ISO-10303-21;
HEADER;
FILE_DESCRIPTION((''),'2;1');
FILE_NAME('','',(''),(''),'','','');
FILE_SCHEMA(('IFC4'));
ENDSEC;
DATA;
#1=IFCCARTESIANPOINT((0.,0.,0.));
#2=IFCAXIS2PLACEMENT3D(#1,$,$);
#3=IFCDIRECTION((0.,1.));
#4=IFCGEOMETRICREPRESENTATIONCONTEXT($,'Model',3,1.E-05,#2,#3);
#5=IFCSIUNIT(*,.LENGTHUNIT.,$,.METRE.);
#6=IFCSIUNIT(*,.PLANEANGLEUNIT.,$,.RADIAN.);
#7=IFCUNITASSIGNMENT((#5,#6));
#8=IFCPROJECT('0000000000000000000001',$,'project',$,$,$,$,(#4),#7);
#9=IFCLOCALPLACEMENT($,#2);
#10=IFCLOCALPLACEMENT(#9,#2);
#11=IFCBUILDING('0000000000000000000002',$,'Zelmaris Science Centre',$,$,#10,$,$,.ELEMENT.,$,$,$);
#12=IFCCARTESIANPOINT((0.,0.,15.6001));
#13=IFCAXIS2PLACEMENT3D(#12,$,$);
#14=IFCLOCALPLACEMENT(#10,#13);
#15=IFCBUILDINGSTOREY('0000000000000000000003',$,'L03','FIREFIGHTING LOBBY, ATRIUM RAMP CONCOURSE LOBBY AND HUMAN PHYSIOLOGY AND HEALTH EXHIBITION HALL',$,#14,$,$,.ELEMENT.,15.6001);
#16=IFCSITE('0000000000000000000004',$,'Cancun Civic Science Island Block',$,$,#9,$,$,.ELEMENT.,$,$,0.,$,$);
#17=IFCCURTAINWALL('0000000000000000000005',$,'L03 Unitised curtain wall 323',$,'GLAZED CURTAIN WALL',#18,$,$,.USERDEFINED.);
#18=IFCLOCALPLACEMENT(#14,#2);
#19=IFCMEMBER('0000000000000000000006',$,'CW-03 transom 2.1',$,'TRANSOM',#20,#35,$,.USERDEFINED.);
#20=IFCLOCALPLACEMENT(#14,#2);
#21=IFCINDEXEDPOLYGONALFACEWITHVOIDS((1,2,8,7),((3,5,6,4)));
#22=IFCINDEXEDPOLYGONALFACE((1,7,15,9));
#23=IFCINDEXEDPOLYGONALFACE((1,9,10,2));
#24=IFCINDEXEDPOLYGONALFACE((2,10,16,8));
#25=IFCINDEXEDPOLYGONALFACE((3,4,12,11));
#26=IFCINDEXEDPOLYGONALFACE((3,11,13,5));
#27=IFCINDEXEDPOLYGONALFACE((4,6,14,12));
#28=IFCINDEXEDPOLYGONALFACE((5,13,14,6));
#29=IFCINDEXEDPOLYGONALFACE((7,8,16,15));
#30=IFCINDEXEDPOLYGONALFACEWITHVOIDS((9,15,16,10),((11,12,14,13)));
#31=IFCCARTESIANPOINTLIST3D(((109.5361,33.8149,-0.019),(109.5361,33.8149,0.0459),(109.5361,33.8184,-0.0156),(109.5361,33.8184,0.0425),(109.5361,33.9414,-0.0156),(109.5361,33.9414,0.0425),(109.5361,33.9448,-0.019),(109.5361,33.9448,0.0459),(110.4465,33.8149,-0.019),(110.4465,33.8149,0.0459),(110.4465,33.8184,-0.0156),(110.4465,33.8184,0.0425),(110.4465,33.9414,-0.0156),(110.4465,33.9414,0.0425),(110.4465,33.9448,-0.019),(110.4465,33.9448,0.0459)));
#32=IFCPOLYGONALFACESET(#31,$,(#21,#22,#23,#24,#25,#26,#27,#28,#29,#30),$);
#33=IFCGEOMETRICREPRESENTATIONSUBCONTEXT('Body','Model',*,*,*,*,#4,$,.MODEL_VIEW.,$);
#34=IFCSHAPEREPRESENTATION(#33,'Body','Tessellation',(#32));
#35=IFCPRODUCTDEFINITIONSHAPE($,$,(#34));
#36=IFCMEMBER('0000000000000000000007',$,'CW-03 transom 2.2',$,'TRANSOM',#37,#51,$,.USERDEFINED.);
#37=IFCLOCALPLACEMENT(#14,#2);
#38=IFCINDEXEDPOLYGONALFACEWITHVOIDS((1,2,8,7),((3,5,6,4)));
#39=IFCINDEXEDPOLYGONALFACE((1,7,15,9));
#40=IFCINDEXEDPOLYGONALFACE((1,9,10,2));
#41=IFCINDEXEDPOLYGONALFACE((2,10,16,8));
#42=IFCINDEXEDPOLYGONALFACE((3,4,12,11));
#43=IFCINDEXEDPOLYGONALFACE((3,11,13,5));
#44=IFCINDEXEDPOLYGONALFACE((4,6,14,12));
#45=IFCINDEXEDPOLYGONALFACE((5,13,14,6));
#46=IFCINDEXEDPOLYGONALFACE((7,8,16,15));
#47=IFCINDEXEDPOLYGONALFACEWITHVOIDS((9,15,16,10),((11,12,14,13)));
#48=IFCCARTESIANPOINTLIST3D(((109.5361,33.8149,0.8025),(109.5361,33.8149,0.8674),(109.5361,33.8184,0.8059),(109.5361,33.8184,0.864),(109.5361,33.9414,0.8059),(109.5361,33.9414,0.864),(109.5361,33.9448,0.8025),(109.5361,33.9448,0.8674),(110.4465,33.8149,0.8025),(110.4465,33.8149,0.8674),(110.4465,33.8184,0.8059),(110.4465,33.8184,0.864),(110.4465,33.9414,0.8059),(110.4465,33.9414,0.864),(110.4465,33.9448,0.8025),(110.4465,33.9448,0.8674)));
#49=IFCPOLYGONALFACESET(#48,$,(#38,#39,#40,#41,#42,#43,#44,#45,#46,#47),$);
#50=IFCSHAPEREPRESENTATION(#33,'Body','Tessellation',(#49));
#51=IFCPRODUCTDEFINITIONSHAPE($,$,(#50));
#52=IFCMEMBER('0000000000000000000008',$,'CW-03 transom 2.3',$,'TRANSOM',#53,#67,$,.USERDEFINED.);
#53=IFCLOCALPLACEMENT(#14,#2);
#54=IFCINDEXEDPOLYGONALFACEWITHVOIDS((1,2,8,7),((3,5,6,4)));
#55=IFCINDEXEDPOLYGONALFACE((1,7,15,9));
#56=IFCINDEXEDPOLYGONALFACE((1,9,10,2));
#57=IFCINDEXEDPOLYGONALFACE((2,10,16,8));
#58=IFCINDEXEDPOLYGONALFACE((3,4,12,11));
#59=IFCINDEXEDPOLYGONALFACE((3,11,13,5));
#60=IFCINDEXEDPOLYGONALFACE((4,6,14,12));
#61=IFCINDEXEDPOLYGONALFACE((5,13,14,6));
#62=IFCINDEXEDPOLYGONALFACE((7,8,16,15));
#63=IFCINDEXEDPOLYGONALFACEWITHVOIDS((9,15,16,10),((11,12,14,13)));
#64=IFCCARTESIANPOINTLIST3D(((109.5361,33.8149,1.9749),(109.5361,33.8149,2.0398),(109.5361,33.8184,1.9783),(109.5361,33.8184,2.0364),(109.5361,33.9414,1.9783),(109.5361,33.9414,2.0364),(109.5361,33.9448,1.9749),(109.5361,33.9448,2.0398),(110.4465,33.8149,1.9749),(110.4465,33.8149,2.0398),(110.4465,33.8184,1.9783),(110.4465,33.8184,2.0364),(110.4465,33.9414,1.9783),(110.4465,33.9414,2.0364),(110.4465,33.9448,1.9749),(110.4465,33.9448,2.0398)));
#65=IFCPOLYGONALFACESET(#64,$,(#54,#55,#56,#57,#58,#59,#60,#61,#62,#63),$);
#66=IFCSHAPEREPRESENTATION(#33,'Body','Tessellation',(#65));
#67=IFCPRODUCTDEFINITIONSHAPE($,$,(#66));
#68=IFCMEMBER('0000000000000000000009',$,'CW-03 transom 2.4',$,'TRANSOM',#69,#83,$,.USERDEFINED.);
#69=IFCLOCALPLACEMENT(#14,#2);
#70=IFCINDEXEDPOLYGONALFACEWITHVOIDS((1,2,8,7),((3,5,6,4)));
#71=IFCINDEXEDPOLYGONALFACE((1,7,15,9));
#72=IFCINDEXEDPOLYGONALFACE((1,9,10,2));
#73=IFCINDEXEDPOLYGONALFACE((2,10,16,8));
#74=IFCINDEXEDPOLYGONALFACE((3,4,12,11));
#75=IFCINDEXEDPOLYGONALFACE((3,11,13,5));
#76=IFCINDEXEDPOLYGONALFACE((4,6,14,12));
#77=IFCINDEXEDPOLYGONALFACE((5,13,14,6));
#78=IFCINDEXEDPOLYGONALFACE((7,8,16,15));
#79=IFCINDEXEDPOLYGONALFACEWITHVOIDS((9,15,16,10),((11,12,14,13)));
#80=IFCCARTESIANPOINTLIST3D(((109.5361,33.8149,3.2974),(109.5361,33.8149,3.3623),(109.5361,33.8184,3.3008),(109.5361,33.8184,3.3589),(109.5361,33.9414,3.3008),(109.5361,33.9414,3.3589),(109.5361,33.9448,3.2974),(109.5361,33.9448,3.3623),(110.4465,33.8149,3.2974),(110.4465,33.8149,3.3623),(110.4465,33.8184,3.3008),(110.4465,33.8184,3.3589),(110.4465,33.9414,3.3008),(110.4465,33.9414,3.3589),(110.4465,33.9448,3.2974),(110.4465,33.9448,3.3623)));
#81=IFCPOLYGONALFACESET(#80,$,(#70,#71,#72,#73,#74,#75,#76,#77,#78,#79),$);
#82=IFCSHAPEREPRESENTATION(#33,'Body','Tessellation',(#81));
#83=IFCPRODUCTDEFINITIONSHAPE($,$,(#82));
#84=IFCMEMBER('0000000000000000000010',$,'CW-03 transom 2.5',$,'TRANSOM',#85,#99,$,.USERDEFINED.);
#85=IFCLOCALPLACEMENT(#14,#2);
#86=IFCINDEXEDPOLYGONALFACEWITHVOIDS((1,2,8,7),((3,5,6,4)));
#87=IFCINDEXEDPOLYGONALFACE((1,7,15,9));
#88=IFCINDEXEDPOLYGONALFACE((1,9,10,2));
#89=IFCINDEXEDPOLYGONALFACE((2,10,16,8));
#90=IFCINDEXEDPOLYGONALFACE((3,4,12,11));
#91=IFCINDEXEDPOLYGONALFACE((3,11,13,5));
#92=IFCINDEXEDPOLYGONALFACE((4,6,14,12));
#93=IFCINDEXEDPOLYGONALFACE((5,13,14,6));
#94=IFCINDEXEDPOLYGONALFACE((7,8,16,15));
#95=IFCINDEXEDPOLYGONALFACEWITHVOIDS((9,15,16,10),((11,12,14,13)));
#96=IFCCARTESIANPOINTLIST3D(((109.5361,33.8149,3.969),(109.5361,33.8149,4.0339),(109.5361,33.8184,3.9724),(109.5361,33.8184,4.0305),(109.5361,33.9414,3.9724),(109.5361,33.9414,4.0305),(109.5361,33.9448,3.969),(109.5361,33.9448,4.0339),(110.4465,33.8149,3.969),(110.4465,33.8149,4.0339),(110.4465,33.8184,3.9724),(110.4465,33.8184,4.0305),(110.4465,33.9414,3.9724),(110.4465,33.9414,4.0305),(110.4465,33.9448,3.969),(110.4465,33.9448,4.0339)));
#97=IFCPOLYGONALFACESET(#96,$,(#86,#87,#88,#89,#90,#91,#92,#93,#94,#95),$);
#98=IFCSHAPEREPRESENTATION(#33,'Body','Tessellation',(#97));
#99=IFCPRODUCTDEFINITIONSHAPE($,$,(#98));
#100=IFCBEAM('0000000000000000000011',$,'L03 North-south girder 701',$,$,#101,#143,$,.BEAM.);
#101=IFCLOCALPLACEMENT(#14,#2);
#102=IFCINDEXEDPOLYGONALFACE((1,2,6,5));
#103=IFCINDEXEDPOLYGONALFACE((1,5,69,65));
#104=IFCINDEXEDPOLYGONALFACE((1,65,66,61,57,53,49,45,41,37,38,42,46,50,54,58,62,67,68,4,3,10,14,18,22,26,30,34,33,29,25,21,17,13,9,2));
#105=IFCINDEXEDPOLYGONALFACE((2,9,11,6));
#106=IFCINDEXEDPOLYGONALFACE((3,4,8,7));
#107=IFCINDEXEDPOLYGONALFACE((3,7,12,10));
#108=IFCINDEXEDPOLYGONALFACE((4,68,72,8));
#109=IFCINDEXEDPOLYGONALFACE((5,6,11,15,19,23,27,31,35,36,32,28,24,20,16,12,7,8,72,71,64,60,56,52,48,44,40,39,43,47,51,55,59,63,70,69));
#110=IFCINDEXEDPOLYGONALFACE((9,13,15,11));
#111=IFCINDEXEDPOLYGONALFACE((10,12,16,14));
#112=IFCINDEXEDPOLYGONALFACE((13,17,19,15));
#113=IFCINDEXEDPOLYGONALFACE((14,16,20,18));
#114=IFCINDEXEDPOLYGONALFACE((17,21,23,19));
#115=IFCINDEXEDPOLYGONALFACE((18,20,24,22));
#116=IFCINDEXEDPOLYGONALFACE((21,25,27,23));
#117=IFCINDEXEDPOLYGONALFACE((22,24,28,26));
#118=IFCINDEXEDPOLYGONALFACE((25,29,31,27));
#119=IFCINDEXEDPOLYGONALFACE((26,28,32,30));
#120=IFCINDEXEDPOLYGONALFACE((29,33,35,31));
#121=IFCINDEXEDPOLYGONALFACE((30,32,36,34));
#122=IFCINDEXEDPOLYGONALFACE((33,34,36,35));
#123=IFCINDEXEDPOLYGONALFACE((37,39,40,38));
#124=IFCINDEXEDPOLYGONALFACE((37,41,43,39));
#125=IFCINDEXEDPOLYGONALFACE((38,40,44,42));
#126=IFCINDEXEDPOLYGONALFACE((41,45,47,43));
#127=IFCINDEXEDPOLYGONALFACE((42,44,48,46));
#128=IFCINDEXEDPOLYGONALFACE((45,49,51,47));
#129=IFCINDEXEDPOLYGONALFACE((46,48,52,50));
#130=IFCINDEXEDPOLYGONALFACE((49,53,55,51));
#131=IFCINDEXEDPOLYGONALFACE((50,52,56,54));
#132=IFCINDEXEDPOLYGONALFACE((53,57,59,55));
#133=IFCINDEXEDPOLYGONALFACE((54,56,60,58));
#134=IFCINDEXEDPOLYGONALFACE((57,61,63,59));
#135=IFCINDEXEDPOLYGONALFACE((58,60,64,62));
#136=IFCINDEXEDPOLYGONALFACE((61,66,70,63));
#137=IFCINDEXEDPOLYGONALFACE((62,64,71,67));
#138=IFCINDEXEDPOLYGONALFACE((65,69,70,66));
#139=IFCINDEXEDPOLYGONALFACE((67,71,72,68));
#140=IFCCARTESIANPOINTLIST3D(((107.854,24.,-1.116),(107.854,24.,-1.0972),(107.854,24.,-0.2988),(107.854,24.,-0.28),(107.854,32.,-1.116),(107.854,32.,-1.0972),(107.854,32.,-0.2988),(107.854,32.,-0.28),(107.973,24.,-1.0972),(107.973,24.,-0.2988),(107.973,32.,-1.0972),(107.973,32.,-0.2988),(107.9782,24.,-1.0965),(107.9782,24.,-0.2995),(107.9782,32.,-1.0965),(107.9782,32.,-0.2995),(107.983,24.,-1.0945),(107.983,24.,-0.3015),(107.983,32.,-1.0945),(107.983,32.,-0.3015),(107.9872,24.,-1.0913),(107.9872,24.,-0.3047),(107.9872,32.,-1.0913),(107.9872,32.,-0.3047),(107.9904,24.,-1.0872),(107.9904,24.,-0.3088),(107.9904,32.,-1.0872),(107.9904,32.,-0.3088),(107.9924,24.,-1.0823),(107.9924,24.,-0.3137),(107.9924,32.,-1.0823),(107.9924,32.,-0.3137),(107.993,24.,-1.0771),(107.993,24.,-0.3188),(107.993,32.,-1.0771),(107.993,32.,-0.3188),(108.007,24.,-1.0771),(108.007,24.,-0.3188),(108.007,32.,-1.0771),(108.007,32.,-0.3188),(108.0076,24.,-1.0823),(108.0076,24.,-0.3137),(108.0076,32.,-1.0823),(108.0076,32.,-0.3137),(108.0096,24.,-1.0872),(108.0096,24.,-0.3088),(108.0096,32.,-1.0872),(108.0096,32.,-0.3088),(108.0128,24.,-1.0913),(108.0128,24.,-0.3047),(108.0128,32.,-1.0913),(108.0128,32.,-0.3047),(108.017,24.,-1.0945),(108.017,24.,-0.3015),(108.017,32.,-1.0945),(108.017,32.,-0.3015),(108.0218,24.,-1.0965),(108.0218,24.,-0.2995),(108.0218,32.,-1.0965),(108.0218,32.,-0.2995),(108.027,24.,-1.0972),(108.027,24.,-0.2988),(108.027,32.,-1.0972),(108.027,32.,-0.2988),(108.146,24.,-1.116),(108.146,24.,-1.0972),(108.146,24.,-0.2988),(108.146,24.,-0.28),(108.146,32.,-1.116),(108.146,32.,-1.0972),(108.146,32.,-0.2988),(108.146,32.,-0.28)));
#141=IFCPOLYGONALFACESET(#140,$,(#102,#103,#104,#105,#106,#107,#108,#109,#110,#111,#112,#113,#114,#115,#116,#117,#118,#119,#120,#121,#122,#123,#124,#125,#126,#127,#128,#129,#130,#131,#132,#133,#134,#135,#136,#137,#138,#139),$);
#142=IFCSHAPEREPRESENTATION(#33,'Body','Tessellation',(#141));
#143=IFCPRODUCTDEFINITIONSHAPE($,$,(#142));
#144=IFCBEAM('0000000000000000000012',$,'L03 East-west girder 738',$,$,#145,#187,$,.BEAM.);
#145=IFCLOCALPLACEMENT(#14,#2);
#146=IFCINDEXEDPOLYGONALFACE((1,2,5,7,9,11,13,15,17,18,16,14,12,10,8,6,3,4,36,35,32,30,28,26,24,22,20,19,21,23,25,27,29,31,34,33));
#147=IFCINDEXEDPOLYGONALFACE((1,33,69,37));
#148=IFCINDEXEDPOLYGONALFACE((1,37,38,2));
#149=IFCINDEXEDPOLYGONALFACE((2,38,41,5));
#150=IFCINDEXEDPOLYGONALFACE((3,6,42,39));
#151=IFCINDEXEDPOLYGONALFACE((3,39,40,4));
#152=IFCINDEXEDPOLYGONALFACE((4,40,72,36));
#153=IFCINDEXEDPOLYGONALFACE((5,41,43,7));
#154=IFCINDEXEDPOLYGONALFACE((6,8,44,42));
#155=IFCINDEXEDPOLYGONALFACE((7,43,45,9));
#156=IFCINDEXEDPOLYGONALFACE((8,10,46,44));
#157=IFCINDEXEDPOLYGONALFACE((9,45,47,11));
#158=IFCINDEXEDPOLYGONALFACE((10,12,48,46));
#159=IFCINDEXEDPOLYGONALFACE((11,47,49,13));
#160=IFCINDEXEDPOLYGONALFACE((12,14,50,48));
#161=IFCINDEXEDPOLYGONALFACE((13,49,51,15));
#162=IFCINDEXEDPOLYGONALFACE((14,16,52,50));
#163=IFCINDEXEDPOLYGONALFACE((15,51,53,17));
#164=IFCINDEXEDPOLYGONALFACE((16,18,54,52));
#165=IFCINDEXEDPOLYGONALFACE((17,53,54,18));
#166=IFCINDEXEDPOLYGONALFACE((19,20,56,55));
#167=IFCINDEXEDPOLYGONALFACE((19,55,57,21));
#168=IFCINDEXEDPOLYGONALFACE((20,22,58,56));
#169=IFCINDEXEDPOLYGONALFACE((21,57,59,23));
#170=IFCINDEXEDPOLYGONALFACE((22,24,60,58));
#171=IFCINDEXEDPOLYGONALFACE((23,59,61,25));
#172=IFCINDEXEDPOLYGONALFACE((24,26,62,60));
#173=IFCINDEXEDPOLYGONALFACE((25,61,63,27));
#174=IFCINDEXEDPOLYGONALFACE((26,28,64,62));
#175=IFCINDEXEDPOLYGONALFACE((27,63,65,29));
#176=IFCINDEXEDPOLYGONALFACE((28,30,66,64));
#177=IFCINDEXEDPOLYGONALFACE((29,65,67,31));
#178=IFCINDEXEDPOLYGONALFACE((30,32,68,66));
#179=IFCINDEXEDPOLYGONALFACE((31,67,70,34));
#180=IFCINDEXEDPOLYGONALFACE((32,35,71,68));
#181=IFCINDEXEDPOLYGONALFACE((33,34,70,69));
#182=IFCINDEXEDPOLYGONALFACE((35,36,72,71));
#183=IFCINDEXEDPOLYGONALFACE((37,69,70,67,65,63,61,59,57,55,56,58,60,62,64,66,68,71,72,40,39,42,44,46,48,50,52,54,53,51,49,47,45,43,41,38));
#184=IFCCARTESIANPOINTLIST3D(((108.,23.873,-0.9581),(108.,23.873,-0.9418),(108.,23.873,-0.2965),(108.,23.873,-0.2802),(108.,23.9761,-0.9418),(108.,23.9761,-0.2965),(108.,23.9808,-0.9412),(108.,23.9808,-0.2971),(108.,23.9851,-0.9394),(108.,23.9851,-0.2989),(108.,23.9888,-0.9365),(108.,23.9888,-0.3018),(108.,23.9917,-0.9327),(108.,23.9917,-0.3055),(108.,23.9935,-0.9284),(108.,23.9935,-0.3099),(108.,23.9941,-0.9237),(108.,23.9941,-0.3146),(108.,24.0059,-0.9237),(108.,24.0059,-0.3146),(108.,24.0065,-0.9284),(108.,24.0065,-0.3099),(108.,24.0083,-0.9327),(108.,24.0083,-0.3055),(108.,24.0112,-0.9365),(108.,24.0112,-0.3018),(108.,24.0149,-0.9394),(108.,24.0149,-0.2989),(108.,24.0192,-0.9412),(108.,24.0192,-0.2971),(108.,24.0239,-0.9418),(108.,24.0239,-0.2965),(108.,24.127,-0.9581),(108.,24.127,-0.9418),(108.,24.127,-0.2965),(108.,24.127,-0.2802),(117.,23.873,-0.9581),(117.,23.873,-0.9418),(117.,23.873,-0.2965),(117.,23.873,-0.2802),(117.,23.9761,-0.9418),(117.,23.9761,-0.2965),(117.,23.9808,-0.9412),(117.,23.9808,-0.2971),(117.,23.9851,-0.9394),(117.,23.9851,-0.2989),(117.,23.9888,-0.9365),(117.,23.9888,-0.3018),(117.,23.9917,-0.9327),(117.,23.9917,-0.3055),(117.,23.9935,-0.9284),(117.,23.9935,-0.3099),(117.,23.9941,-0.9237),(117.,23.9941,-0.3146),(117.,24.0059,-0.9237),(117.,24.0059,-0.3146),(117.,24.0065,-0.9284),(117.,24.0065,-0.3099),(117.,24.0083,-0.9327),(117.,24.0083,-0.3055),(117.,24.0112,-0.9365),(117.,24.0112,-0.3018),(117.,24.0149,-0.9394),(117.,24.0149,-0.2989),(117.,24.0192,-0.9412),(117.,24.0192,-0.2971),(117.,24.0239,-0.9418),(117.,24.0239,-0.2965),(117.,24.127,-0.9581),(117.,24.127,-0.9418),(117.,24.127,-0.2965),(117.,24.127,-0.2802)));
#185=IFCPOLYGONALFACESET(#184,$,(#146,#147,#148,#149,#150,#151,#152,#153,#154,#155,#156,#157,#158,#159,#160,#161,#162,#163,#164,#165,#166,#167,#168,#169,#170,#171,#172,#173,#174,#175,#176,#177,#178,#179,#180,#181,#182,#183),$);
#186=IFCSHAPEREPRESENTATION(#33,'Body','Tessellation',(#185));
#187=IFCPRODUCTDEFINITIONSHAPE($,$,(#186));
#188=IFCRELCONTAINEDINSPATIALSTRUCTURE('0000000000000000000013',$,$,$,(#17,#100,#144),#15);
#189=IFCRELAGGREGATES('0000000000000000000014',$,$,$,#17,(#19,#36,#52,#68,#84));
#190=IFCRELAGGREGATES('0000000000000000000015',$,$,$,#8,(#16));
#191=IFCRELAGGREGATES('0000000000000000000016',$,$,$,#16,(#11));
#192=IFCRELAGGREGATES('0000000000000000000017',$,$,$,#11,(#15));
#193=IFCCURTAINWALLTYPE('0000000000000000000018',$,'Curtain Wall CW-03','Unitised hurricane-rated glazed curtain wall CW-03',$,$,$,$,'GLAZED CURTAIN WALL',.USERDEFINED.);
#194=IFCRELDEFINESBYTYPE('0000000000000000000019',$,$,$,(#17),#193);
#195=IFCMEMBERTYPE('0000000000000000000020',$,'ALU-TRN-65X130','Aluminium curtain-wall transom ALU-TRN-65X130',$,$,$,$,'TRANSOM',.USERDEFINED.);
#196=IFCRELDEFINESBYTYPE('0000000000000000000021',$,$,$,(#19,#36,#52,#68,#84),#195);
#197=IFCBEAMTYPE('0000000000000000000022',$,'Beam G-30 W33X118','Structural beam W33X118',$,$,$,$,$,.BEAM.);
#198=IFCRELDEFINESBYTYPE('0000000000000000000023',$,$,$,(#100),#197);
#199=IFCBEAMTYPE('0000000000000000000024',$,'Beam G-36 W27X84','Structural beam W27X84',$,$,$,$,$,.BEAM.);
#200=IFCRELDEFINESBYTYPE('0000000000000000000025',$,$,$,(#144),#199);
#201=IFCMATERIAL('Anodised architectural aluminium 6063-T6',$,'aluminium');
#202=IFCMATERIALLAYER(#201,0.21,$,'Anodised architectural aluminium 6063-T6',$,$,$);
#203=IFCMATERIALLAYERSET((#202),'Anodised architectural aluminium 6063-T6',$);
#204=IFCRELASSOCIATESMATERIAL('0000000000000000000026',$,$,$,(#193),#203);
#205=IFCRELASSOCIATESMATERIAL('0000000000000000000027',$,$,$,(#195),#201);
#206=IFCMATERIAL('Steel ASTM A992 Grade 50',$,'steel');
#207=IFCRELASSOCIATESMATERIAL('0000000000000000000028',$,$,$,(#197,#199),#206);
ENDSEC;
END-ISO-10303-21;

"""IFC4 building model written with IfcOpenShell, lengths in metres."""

from ifc_helpers import new_model, si_unit, direction, frame, origin, origin_2d, place, context, subcontext, project, spatial, hollow_rectangle, i_section, extrude, material, layer, layer_set, material_profile, profile_set, type_object, element, aggregate, save


model = new_model("IFC4")

# Units and contexts
model_context = context("Model", 3, precision=1e-05, world=origin(), true_north=direction((0.0, 1.0)))
body_context = subcontext(model_context, "Body", "Model", "MODEL_VIEW")
ifc_project = project(units=[si_unit("LENGTHUNIT", "METRE"), si_unit("PLANEANGLEUNIT", "RADIAN")], contexts=[model_context])

# Site, building, storey
site_placement = place(None, origin())
site = spatial("IfcSite", under=ifc_project, at=site_placement, Name="Cancun Civic Science Island Block", CompositionType="ELEMENT", RefElevation=0.0)
building_placement = place(site_placement, origin())
building = spatial("IfcBuilding", under=site, at=building_placement, Name="Zelmaris Science Centre", CompositionType="ELEMENT")
storey_placement = place(building_placement, frame((0.0, 0.0, 15.6001)))
storey = spatial("IfcBuildingStorey", under=building, at=storey_placement, Name="L03", Description="FIREFIGHTING LOBBY, ATRIUM RAMP CONCOURSE LOBBY AND HUMAN PHYSIOLOGY AND HEALTH EXHIBITION HALL", CompositionType="ELEMENT", Elevation=15.6001)

# Shared definitions
ifc_material_1 = material(Name="Steel ASTM A992 Grade 50", Category="steel")

# Shared definitions
ifc_material_2 = material(Name="Anodised architectural aluminium 6063-T6", Category="aluminium")
ifc_layer_1 = layer(ifc_material_2, 0.21, Name="Anodised architectural aluminium 6063-T6")
ifc_layer_set_1 = layer_set([ifc_layer_1], Name="Anodised architectural aluminium 6063-T6")
curtain_wall_type = type_object("IfcCurtainWallType", Name="Curtain Wall CW-03", Description="Unitised hurricane-rated glazed curtain wall CW-03", ElementType="GLAZED CURTAIN WALL", PredefinedType="USERDEFINED", material=ifc_layer_set_1)

# Curtain wall
curtain_wall_1_placement = place(storey_placement, origin())
curtain_wall_1 = element("IfcCurtainWall", 1, at=curtain_wall_1_placement, inside=storey, type_object=curtain_wall_type, Name="L03 Unitised curtain wall 323", ObjectType="GLAZED CURTAIN WALL", PredefinedType="USERDEFINED")

# Members
ifc_material_profile_1 = material_profile(ifc_material_2, hollow_rectangle(XDim=0.0649, YDim=0.1299, WallThickness=0.0034, at=origin_2d()), Name="ALU-TRN-65X130")
ifc_profile_set_1 = profile_set([ifc_material_profile_1], Name="Anodised architectural aluminium 6063-T6")
member_type_1 = type_object("IfcMemberType", Name="ALU-TRN-65X130", Description="Aluminium curtain-wall transom ALU-TRN-65X130", ElementType="TRANSOM", PredefinedType="USERDEFINED", material=ifc_profile_set_1)
member_1_placement = place(storey_placement, frame((109.5361, 33.8799, 0.0134), z_axis=(1.0, 0.0, 0.0), x_axis=(0.0, 0.0, 1.0)))
member_1 = element("IfcMember", 2, at=member_1_placement, type_object=member_type_1, Name="CW-03 transom 2.1", ObjectType="TRANSOM", PredefinedType="USERDEFINED", context=body_context, shape_type="SweptSolid", body=[
    extrude(hollow_rectangle(XDim=0.0649, YDim=0.1299, WallThickness=0.0034, at=origin_2d()), origin(), (0.0, 0.0, 1.0), 0.9104),
])
member_2_placement = place(storey_placement, frame((109.5361, 33.8799, 0.835), z_axis=(1.0, 0.0, 0.0), x_axis=(0.0, 0.0, 1.0)))
member_2 = element("IfcMember", 3, at=member_2_placement, type_object=member_type_1, Name="CW-03 transom 2.2", ObjectType="TRANSOM", PredefinedType="USERDEFINED", context=body_context, shape_type="SweptSolid", body=[
    extrude(hollow_rectangle(XDim=0.0649, YDim=0.1299, WallThickness=0.0034, at=origin_2d()), origin(), (0.0, 0.0, 1.0), 0.9104),
])
member_3_placement = place(storey_placement, frame((109.5361, 33.8799, 2.0073), z_axis=(1.0, 0.0, 0.0), x_axis=(0.0, 0.0, 1.0)))
member_3 = element("IfcMember", 4, at=member_3_placement, type_object=member_type_1, Name="CW-03 transom 2.3", ObjectType="TRANSOM", PredefinedType="USERDEFINED", context=body_context, shape_type="SweptSolid", body=[
    extrude(hollow_rectangle(XDim=0.0649, YDim=0.1299, WallThickness=0.0034, at=origin_2d()), origin(), (0.0, 0.0, 1.0), 0.9104),
])
member_4_placement = place(storey_placement, frame((109.5361, 33.8799, 3.3298), z_axis=(1.0, 0.0, 0.0), x_axis=(0.0, 0.0, 1.0)))
member_4 = element("IfcMember", 5, at=member_4_placement, type_object=member_type_1, Name="CW-03 transom 2.4", ObjectType="TRANSOM", PredefinedType="USERDEFINED", context=body_context, shape_type="SweptSolid", body=[
    extrude(hollow_rectangle(XDim=0.0649, YDim=0.1299, WallThickness=0.0034, at=origin_2d()), origin(), (0.0, 0.0, 1.0), 0.9104),
])
member_5_placement = place(storey_placement, frame((109.5361, 33.8799, 4.0015), z_axis=(1.0, 0.0, 0.0), x_axis=(0.0, 0.0, 1.0)))
member_5 = element("IfcMember", 6, at=member_5_placement, type_object=member_type_1, Name="CW-03 transom 2.5", ObjectType="TRANSOM", PredefinedType="USERDEFINED", context=body_context, shape_type="SweptSolid", body=[
    extrude(hollow_rectangle(XDim=0.0649, YDim=0.1299, WallThickness=0.0034, at=origin_2d()), origin(), (0.0, 0.0, 1.0), 0.9104),
])

# Beams
ifc_material_profile_2 = material_profile(ifc_material_1, i_section(OverallWidth=0.292, OverallDepth=0.8359, WebThickness=0.0139, FlangeThickness=0.0188, FilletRadius=0.02, at=origin_2d()), Name="W33X118")
ifc_profile_set_2 = profile_set([ifc_material_profile_2], Name="Steel ASTM A992 Grade 50")
beam_type_1 = type_object("IfcBeamType", Name="Beam G-30 W33X118", Description="Structural beam W33X118", PredefinedType="BEAM", material=ifc_profile_set_2)
beam_1_placement = place(storey_placement, frame((108.0, 24.0, -0.698), z_axis=(0.0, 1.0, 0.0), x_axis=(-1.0, 0.0, 0.0)))
element("IfcBeam", 7, at=beam_1_placement, inside=storey, type_object=beam_type_1, Name="L03 North-south girder 701", PredefinedType="BEAM", context=body_context, shape_type="SweptSolid", body=[
    extrude(i_section(OverallWidth=0.292, OverallDepth=0.8359, WebThickness=0.0139, FlangeThickness=0.0188, FilletRadius=0.02, at=origin_2d()), origin(), (0.0, 0.0, 1.0), 8.0),
])
ifc_material_profile_3 = material_profile(ifc_material_1, i_section(OverallWidth=0.2539, OverallDepth=0.678, WebThickness=0.0117, FlangeThickness=0.0164, FilletRadius=0.0181, at=origin_2d()), Name="W27X84")
ifc_profile_set_3 = profile_set([ifc_material_profile_3], Name="Steel ASTM A992 Grade 50")
beam_type_2 = type_object("IfcBeamType", Name="Beam G-36 W27X84", Description="Structural beam W27X84", PredefinedType="BEAM", material=ifc_profile_set_3)
beam_2_placement = place(storey_placement, frame((108.0, 24.0, -0.6191), z_axis=(1.0, 0.0, 0.0), x_axis=(0.0, 1.0, 0.0)))
element("IfcBeam", 8, at=beam_2_placement, inside=storey, type_object=beam_type_2, Name="L03 East-west girder 738", PredefinedType="BEAM", context=body_context, shape_type="SweptSolid", body=[
    extrude(i_section(OverallWidth=0.2539, OverallDepth=0.678, WebThickness=0.0117, FlangeThickness=0.0164, FilletRadius=0.0181, at=origin_2d()), origin(), (0.0, 0.0, 1.0), 9.0),
])

aggregate(curtain_wall_1, [member_1, member_2, member_3, member_4, member_5])

save(model, "model.ifc")
